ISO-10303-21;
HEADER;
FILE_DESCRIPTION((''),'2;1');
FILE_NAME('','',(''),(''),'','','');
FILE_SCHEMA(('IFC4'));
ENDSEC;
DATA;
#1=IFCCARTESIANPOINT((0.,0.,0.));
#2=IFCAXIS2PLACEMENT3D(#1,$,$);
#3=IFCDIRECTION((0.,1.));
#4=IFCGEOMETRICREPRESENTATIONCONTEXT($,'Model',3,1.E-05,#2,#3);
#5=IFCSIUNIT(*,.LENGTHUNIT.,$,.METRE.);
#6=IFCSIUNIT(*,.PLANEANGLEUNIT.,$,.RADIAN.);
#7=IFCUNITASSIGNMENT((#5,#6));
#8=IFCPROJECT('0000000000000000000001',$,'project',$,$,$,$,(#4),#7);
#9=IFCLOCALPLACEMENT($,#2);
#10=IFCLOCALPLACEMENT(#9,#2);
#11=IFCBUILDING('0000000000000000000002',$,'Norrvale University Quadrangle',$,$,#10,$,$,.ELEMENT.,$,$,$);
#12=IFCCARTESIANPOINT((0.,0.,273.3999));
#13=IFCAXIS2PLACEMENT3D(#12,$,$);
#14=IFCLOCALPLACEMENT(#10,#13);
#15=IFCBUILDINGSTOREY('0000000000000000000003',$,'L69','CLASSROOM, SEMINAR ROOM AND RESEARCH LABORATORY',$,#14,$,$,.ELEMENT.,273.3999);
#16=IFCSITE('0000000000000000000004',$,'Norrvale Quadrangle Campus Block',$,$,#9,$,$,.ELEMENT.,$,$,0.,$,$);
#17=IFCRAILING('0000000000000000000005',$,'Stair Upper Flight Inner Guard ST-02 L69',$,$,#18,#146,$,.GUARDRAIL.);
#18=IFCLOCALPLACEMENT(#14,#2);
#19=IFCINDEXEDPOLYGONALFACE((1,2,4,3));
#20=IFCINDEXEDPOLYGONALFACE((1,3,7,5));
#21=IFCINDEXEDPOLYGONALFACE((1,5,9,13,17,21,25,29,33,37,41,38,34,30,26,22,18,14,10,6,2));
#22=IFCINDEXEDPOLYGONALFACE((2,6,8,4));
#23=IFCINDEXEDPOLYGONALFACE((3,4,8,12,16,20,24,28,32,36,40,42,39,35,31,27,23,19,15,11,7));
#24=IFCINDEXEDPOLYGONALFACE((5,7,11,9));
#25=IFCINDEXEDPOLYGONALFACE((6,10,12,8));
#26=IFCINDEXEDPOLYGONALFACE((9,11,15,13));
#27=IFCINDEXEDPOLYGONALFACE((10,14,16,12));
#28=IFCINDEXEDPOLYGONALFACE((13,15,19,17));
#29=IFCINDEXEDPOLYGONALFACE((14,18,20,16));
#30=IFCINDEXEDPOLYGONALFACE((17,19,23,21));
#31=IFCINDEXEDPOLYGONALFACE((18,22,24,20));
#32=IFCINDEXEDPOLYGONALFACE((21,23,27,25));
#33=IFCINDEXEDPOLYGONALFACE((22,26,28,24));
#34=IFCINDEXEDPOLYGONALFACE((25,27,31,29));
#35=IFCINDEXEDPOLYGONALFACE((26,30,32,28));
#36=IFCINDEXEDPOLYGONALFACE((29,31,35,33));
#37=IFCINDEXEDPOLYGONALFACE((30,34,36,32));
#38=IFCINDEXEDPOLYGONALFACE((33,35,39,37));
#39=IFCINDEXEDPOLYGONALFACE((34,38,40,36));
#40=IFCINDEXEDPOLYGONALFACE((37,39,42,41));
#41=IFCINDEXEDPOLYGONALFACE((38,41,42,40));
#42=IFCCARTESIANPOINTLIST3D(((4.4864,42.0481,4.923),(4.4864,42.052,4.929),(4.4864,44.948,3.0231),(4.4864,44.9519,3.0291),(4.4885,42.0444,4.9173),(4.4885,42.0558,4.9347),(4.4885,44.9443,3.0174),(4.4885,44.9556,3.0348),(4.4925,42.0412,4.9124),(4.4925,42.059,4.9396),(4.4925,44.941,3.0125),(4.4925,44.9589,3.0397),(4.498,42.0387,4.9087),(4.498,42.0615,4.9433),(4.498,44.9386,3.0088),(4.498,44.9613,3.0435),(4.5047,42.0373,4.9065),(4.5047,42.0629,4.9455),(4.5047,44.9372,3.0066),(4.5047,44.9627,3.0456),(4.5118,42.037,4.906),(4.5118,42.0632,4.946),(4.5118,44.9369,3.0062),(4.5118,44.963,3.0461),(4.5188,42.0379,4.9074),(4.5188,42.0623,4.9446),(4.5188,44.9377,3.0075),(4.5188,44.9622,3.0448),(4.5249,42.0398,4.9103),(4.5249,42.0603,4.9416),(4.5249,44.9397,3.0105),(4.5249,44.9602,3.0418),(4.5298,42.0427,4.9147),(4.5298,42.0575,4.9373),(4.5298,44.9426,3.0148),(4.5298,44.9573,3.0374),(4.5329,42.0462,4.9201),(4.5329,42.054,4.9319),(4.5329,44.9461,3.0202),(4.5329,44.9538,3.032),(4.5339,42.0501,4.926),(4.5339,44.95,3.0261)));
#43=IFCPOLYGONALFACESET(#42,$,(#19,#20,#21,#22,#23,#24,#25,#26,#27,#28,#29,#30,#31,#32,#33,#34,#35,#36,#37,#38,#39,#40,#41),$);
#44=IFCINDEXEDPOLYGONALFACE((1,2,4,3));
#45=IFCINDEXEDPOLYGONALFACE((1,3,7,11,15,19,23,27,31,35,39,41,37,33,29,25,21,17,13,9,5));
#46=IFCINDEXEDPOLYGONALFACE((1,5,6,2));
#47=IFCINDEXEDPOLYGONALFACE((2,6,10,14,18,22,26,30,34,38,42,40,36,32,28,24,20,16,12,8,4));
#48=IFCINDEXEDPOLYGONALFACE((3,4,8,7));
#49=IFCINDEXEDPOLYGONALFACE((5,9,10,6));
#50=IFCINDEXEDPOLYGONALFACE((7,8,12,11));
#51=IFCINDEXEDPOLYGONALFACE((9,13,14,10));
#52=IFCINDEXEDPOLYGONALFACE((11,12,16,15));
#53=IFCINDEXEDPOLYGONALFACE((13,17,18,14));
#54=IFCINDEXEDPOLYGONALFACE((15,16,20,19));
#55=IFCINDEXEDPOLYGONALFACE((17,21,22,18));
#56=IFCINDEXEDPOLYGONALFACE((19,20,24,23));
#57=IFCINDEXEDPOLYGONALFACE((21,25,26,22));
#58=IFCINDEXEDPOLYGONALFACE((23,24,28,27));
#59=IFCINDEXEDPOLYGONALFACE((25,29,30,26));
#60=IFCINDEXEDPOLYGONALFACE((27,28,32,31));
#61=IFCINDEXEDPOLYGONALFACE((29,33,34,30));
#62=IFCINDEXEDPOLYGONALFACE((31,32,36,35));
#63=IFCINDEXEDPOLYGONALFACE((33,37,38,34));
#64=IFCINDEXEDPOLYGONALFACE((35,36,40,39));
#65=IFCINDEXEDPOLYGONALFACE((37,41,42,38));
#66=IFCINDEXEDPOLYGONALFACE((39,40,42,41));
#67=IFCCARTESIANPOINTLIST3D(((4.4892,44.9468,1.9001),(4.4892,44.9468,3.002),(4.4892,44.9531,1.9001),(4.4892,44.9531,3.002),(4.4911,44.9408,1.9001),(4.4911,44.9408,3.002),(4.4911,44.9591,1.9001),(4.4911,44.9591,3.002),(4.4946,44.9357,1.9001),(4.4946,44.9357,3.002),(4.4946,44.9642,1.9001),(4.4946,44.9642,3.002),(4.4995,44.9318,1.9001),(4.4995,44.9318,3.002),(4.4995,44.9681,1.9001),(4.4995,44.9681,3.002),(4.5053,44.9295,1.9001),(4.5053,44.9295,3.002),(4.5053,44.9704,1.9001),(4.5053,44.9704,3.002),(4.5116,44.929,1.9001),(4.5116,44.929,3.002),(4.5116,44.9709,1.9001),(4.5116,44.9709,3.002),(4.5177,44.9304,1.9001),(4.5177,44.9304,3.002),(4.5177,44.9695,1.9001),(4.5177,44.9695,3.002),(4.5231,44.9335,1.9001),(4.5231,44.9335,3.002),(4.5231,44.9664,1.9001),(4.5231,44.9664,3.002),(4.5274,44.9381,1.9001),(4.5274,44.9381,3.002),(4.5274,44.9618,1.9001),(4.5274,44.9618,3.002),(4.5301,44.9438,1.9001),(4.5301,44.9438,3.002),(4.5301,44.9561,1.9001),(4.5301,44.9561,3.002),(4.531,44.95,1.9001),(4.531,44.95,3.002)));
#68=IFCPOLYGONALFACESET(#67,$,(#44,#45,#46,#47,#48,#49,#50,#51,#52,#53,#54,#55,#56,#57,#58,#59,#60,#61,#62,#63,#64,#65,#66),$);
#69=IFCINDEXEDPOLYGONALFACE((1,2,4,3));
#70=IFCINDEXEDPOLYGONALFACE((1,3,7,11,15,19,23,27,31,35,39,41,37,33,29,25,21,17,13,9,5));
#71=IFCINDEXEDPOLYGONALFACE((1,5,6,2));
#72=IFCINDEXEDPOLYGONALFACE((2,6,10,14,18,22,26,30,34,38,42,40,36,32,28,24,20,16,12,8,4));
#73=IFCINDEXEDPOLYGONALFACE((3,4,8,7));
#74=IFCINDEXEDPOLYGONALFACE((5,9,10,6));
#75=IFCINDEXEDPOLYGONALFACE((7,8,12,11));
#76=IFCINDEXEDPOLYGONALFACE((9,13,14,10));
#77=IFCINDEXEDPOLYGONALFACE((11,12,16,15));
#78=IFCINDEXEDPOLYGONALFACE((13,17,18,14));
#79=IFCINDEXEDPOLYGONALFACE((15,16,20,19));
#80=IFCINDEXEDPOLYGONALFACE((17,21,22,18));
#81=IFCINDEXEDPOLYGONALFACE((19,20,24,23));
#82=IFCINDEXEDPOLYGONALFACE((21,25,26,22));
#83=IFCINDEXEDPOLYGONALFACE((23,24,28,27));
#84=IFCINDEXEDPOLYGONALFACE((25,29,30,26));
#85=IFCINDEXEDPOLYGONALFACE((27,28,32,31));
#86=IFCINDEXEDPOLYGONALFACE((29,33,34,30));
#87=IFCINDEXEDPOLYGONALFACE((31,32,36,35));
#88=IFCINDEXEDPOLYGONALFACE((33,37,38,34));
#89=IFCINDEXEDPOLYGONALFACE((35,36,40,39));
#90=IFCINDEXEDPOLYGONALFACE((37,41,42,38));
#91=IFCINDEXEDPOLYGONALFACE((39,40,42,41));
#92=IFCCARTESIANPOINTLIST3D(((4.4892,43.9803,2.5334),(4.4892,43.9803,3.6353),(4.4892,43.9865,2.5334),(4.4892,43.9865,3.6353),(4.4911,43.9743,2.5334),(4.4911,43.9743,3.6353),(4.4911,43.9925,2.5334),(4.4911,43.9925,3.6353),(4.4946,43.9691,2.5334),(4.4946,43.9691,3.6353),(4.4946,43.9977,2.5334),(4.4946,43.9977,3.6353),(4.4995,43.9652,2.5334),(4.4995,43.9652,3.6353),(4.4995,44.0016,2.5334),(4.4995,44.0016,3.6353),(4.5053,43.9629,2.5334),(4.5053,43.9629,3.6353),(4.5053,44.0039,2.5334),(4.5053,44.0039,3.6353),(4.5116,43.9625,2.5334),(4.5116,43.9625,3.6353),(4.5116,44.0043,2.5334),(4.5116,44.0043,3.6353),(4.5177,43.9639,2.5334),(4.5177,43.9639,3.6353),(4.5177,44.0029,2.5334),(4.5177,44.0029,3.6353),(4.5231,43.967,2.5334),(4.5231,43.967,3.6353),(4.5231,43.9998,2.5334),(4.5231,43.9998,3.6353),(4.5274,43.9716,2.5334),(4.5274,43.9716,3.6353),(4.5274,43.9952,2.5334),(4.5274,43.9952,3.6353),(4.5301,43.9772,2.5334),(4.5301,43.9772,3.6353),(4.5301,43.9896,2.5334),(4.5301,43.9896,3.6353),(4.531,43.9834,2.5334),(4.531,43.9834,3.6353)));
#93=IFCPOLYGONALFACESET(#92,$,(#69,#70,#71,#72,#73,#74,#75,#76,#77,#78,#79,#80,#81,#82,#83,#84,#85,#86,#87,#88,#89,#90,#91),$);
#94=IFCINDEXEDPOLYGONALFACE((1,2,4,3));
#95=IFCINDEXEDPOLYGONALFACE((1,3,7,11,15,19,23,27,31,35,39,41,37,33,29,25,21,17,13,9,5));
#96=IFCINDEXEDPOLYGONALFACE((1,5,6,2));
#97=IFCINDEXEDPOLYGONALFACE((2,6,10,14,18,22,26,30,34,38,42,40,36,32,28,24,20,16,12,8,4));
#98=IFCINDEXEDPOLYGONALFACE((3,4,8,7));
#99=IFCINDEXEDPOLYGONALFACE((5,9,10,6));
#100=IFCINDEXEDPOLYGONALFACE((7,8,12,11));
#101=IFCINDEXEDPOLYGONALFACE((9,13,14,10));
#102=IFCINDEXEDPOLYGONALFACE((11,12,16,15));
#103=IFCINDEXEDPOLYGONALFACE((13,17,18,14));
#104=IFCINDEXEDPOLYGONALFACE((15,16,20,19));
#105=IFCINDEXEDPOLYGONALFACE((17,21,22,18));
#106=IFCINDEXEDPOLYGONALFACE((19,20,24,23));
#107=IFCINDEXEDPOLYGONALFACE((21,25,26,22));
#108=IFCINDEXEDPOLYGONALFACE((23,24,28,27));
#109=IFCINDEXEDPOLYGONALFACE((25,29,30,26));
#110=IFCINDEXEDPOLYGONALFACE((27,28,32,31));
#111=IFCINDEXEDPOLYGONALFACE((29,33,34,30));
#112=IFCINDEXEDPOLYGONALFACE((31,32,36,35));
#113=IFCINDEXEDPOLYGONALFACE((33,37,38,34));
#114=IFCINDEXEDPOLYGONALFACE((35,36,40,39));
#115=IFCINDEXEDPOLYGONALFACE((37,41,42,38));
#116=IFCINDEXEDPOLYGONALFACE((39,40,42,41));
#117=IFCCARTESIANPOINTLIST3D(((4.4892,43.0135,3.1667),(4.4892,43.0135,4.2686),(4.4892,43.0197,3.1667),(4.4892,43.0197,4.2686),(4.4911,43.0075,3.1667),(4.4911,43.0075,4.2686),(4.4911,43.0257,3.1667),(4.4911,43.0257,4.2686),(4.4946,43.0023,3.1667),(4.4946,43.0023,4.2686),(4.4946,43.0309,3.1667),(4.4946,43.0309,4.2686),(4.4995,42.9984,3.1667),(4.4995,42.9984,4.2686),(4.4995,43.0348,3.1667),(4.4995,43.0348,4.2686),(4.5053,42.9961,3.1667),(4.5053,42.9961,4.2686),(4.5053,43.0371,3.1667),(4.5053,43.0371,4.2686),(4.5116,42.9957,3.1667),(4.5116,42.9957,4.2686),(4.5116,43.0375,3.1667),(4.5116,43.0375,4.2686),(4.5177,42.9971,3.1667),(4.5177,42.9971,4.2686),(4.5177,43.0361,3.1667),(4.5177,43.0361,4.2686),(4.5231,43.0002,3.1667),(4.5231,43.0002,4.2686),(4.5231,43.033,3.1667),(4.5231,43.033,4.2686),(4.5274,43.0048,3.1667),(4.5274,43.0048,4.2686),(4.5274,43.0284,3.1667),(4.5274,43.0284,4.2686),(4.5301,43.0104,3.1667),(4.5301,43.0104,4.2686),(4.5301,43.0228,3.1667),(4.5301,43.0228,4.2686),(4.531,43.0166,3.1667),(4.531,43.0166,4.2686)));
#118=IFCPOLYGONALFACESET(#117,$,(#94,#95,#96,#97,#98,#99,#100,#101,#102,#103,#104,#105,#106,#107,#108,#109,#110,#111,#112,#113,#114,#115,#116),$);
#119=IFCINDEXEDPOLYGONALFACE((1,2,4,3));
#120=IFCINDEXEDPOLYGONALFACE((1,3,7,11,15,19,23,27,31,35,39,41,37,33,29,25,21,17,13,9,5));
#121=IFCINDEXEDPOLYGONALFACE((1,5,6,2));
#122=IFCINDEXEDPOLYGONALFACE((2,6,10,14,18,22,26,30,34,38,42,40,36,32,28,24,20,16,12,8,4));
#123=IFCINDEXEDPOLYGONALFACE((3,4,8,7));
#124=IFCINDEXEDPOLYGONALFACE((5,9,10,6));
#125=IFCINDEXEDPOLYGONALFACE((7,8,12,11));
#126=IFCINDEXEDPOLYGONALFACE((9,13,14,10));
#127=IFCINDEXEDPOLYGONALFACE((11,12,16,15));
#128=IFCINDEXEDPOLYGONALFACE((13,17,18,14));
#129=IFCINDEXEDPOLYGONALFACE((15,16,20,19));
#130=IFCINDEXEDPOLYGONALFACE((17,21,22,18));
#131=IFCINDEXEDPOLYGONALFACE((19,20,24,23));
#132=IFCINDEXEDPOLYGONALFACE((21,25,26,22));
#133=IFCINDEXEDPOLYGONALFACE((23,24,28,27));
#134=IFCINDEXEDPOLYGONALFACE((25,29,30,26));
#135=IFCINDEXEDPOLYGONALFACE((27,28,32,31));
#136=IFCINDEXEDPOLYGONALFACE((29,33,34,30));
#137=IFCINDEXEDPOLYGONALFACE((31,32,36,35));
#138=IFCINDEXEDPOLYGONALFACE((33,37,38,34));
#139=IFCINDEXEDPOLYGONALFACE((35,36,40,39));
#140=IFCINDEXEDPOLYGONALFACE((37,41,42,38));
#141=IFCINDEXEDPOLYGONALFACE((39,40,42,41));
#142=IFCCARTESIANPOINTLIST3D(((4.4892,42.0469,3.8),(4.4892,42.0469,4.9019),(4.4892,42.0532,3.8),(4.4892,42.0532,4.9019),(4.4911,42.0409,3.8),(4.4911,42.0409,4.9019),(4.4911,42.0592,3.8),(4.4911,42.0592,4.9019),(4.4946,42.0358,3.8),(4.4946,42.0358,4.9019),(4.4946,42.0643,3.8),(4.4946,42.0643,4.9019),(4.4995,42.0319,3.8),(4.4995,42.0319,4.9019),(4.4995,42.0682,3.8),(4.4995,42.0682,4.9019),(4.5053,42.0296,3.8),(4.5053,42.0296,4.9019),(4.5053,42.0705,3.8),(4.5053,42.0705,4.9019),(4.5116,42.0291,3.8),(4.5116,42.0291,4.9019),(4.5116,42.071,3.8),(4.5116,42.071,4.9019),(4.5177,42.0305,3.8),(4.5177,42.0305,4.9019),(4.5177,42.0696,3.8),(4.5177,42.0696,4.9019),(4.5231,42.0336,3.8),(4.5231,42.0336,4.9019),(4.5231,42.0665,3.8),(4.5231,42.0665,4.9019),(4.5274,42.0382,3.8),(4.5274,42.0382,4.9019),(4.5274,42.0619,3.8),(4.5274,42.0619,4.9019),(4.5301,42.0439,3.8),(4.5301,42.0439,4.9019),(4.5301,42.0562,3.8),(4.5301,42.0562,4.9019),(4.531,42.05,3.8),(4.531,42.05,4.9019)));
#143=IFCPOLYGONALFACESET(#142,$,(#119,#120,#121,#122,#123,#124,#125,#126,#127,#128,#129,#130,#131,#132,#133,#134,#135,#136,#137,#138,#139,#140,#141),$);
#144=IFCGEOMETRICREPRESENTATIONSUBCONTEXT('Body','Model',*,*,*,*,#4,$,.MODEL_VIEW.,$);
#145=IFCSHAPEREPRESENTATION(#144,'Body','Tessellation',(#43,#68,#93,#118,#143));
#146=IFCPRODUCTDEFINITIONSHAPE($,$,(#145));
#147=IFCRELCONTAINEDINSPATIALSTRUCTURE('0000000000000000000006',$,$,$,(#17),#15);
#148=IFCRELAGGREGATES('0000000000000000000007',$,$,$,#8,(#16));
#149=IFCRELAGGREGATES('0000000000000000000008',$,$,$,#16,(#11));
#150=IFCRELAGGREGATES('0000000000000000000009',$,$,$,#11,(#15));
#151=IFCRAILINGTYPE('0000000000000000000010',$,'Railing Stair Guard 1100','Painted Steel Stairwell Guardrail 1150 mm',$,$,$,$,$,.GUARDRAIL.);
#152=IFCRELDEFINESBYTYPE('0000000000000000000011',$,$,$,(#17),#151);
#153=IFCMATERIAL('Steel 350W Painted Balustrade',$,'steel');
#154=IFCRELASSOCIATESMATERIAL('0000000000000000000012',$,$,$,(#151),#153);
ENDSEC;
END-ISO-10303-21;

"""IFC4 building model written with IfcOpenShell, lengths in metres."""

from ifc_helpers import new_model, si_unit, direction, frame, origin, origin_2d, place, context, subcontext, project, spatial, circle, extrude, material, type_object, element, save


model = new_model("IFC4")

# Units and contexts
model_context = context("Model", 3, precision=1e-05, world=origin(), true_north=direction((0.0, 1.0)))
body_context = subcontext(model_context, "Body", "Model", "MODEL_VIEW")
ifc_project = project(units=[si_unit("LENGTHUNIT", "METRE"), si_unit("PLANEANGLEUNIT", "RADIAN")], contexts=[model_context])

# Site, building, storey
site_placement = place(None, origin())
site = spatial("IfcSite", under=ifc_project, at=site_placement, Name="Norrvale Quadrangle Campus Block", CompositionType="ELEMENT", RefElevation=0.0)
building_placement = place(site_placement, origin())
building = spatial("IfcBuilding", under=site, at=building_placement, Name="Norrvale University Quadrangle", CompositionType="ELEMENT")
storey_placement = place(building_placement, frame((0.0, 0.0, 273.3999)))
storey = spatial("IfcBuildingStorey", under=building, at=storey_placement, Name="L69", Description="CLASSROOM, SEMINAR ROOM AND RESEARCH LABORATORY", CompositionType="ELEMENT", Elevation=273.3999)

# Railing
ifc_material_1 = material(Name="Steel 350W Painted Balustrade", Category="steel")
railing_type_1 = type_object("IfcRailingType", Name="Railing Stair Guard 1100", Description="Painted Steel Stairwell Guardrail 1150 mm", PredefinedType="GUARDRAIL", material=ifc_material_1)
railing_1_placement = place(storey_placement, frame((4.51, 44.95, 1.9001)))
element("IfcRailing", 1, at=railing_1_placement, inside=storey, type_object=railing_type_1, Name="Stair Upper Flight Inner Guard ST-02 L69", PredefinedType="GUARDRAIL", context=body_context, shape_type="SweptSolid", body=[
    extrude(circle(Radius=0.0239, at=origin_2d()), frame((0.0, 0.0, 1.126), z_axis=(0.0, -0.836466, 0.548019), x_axis=(1.0, 0.0, 0.0)), (0.0, 0.0, 1.0), 3.4668),
    extrude(circle(Radius=0.021, at=origin_2d()), origin(), (0.0, 0.0, 1.0), 1.1018),
    extrude(circle(Radius=0.021, at=origin_2d()), frame((0.0, -0.9666, 0.6333)), (0.0, 0.0, 1.0), 1.1018),
    extrude(circle(Radius=0.021, at=origin_2d()), frame((0.0, -1.9333, 1.2666)), (0.0, 0.0, 1.0), 1.1018),
    extrude(circle(Radius=0.021, at=origin_2d()), frame((0.0, -2.8999, 1.8999)), (0.0, 0.0, 1.0), 1.1018),
])

save(model, "model.ifc")
